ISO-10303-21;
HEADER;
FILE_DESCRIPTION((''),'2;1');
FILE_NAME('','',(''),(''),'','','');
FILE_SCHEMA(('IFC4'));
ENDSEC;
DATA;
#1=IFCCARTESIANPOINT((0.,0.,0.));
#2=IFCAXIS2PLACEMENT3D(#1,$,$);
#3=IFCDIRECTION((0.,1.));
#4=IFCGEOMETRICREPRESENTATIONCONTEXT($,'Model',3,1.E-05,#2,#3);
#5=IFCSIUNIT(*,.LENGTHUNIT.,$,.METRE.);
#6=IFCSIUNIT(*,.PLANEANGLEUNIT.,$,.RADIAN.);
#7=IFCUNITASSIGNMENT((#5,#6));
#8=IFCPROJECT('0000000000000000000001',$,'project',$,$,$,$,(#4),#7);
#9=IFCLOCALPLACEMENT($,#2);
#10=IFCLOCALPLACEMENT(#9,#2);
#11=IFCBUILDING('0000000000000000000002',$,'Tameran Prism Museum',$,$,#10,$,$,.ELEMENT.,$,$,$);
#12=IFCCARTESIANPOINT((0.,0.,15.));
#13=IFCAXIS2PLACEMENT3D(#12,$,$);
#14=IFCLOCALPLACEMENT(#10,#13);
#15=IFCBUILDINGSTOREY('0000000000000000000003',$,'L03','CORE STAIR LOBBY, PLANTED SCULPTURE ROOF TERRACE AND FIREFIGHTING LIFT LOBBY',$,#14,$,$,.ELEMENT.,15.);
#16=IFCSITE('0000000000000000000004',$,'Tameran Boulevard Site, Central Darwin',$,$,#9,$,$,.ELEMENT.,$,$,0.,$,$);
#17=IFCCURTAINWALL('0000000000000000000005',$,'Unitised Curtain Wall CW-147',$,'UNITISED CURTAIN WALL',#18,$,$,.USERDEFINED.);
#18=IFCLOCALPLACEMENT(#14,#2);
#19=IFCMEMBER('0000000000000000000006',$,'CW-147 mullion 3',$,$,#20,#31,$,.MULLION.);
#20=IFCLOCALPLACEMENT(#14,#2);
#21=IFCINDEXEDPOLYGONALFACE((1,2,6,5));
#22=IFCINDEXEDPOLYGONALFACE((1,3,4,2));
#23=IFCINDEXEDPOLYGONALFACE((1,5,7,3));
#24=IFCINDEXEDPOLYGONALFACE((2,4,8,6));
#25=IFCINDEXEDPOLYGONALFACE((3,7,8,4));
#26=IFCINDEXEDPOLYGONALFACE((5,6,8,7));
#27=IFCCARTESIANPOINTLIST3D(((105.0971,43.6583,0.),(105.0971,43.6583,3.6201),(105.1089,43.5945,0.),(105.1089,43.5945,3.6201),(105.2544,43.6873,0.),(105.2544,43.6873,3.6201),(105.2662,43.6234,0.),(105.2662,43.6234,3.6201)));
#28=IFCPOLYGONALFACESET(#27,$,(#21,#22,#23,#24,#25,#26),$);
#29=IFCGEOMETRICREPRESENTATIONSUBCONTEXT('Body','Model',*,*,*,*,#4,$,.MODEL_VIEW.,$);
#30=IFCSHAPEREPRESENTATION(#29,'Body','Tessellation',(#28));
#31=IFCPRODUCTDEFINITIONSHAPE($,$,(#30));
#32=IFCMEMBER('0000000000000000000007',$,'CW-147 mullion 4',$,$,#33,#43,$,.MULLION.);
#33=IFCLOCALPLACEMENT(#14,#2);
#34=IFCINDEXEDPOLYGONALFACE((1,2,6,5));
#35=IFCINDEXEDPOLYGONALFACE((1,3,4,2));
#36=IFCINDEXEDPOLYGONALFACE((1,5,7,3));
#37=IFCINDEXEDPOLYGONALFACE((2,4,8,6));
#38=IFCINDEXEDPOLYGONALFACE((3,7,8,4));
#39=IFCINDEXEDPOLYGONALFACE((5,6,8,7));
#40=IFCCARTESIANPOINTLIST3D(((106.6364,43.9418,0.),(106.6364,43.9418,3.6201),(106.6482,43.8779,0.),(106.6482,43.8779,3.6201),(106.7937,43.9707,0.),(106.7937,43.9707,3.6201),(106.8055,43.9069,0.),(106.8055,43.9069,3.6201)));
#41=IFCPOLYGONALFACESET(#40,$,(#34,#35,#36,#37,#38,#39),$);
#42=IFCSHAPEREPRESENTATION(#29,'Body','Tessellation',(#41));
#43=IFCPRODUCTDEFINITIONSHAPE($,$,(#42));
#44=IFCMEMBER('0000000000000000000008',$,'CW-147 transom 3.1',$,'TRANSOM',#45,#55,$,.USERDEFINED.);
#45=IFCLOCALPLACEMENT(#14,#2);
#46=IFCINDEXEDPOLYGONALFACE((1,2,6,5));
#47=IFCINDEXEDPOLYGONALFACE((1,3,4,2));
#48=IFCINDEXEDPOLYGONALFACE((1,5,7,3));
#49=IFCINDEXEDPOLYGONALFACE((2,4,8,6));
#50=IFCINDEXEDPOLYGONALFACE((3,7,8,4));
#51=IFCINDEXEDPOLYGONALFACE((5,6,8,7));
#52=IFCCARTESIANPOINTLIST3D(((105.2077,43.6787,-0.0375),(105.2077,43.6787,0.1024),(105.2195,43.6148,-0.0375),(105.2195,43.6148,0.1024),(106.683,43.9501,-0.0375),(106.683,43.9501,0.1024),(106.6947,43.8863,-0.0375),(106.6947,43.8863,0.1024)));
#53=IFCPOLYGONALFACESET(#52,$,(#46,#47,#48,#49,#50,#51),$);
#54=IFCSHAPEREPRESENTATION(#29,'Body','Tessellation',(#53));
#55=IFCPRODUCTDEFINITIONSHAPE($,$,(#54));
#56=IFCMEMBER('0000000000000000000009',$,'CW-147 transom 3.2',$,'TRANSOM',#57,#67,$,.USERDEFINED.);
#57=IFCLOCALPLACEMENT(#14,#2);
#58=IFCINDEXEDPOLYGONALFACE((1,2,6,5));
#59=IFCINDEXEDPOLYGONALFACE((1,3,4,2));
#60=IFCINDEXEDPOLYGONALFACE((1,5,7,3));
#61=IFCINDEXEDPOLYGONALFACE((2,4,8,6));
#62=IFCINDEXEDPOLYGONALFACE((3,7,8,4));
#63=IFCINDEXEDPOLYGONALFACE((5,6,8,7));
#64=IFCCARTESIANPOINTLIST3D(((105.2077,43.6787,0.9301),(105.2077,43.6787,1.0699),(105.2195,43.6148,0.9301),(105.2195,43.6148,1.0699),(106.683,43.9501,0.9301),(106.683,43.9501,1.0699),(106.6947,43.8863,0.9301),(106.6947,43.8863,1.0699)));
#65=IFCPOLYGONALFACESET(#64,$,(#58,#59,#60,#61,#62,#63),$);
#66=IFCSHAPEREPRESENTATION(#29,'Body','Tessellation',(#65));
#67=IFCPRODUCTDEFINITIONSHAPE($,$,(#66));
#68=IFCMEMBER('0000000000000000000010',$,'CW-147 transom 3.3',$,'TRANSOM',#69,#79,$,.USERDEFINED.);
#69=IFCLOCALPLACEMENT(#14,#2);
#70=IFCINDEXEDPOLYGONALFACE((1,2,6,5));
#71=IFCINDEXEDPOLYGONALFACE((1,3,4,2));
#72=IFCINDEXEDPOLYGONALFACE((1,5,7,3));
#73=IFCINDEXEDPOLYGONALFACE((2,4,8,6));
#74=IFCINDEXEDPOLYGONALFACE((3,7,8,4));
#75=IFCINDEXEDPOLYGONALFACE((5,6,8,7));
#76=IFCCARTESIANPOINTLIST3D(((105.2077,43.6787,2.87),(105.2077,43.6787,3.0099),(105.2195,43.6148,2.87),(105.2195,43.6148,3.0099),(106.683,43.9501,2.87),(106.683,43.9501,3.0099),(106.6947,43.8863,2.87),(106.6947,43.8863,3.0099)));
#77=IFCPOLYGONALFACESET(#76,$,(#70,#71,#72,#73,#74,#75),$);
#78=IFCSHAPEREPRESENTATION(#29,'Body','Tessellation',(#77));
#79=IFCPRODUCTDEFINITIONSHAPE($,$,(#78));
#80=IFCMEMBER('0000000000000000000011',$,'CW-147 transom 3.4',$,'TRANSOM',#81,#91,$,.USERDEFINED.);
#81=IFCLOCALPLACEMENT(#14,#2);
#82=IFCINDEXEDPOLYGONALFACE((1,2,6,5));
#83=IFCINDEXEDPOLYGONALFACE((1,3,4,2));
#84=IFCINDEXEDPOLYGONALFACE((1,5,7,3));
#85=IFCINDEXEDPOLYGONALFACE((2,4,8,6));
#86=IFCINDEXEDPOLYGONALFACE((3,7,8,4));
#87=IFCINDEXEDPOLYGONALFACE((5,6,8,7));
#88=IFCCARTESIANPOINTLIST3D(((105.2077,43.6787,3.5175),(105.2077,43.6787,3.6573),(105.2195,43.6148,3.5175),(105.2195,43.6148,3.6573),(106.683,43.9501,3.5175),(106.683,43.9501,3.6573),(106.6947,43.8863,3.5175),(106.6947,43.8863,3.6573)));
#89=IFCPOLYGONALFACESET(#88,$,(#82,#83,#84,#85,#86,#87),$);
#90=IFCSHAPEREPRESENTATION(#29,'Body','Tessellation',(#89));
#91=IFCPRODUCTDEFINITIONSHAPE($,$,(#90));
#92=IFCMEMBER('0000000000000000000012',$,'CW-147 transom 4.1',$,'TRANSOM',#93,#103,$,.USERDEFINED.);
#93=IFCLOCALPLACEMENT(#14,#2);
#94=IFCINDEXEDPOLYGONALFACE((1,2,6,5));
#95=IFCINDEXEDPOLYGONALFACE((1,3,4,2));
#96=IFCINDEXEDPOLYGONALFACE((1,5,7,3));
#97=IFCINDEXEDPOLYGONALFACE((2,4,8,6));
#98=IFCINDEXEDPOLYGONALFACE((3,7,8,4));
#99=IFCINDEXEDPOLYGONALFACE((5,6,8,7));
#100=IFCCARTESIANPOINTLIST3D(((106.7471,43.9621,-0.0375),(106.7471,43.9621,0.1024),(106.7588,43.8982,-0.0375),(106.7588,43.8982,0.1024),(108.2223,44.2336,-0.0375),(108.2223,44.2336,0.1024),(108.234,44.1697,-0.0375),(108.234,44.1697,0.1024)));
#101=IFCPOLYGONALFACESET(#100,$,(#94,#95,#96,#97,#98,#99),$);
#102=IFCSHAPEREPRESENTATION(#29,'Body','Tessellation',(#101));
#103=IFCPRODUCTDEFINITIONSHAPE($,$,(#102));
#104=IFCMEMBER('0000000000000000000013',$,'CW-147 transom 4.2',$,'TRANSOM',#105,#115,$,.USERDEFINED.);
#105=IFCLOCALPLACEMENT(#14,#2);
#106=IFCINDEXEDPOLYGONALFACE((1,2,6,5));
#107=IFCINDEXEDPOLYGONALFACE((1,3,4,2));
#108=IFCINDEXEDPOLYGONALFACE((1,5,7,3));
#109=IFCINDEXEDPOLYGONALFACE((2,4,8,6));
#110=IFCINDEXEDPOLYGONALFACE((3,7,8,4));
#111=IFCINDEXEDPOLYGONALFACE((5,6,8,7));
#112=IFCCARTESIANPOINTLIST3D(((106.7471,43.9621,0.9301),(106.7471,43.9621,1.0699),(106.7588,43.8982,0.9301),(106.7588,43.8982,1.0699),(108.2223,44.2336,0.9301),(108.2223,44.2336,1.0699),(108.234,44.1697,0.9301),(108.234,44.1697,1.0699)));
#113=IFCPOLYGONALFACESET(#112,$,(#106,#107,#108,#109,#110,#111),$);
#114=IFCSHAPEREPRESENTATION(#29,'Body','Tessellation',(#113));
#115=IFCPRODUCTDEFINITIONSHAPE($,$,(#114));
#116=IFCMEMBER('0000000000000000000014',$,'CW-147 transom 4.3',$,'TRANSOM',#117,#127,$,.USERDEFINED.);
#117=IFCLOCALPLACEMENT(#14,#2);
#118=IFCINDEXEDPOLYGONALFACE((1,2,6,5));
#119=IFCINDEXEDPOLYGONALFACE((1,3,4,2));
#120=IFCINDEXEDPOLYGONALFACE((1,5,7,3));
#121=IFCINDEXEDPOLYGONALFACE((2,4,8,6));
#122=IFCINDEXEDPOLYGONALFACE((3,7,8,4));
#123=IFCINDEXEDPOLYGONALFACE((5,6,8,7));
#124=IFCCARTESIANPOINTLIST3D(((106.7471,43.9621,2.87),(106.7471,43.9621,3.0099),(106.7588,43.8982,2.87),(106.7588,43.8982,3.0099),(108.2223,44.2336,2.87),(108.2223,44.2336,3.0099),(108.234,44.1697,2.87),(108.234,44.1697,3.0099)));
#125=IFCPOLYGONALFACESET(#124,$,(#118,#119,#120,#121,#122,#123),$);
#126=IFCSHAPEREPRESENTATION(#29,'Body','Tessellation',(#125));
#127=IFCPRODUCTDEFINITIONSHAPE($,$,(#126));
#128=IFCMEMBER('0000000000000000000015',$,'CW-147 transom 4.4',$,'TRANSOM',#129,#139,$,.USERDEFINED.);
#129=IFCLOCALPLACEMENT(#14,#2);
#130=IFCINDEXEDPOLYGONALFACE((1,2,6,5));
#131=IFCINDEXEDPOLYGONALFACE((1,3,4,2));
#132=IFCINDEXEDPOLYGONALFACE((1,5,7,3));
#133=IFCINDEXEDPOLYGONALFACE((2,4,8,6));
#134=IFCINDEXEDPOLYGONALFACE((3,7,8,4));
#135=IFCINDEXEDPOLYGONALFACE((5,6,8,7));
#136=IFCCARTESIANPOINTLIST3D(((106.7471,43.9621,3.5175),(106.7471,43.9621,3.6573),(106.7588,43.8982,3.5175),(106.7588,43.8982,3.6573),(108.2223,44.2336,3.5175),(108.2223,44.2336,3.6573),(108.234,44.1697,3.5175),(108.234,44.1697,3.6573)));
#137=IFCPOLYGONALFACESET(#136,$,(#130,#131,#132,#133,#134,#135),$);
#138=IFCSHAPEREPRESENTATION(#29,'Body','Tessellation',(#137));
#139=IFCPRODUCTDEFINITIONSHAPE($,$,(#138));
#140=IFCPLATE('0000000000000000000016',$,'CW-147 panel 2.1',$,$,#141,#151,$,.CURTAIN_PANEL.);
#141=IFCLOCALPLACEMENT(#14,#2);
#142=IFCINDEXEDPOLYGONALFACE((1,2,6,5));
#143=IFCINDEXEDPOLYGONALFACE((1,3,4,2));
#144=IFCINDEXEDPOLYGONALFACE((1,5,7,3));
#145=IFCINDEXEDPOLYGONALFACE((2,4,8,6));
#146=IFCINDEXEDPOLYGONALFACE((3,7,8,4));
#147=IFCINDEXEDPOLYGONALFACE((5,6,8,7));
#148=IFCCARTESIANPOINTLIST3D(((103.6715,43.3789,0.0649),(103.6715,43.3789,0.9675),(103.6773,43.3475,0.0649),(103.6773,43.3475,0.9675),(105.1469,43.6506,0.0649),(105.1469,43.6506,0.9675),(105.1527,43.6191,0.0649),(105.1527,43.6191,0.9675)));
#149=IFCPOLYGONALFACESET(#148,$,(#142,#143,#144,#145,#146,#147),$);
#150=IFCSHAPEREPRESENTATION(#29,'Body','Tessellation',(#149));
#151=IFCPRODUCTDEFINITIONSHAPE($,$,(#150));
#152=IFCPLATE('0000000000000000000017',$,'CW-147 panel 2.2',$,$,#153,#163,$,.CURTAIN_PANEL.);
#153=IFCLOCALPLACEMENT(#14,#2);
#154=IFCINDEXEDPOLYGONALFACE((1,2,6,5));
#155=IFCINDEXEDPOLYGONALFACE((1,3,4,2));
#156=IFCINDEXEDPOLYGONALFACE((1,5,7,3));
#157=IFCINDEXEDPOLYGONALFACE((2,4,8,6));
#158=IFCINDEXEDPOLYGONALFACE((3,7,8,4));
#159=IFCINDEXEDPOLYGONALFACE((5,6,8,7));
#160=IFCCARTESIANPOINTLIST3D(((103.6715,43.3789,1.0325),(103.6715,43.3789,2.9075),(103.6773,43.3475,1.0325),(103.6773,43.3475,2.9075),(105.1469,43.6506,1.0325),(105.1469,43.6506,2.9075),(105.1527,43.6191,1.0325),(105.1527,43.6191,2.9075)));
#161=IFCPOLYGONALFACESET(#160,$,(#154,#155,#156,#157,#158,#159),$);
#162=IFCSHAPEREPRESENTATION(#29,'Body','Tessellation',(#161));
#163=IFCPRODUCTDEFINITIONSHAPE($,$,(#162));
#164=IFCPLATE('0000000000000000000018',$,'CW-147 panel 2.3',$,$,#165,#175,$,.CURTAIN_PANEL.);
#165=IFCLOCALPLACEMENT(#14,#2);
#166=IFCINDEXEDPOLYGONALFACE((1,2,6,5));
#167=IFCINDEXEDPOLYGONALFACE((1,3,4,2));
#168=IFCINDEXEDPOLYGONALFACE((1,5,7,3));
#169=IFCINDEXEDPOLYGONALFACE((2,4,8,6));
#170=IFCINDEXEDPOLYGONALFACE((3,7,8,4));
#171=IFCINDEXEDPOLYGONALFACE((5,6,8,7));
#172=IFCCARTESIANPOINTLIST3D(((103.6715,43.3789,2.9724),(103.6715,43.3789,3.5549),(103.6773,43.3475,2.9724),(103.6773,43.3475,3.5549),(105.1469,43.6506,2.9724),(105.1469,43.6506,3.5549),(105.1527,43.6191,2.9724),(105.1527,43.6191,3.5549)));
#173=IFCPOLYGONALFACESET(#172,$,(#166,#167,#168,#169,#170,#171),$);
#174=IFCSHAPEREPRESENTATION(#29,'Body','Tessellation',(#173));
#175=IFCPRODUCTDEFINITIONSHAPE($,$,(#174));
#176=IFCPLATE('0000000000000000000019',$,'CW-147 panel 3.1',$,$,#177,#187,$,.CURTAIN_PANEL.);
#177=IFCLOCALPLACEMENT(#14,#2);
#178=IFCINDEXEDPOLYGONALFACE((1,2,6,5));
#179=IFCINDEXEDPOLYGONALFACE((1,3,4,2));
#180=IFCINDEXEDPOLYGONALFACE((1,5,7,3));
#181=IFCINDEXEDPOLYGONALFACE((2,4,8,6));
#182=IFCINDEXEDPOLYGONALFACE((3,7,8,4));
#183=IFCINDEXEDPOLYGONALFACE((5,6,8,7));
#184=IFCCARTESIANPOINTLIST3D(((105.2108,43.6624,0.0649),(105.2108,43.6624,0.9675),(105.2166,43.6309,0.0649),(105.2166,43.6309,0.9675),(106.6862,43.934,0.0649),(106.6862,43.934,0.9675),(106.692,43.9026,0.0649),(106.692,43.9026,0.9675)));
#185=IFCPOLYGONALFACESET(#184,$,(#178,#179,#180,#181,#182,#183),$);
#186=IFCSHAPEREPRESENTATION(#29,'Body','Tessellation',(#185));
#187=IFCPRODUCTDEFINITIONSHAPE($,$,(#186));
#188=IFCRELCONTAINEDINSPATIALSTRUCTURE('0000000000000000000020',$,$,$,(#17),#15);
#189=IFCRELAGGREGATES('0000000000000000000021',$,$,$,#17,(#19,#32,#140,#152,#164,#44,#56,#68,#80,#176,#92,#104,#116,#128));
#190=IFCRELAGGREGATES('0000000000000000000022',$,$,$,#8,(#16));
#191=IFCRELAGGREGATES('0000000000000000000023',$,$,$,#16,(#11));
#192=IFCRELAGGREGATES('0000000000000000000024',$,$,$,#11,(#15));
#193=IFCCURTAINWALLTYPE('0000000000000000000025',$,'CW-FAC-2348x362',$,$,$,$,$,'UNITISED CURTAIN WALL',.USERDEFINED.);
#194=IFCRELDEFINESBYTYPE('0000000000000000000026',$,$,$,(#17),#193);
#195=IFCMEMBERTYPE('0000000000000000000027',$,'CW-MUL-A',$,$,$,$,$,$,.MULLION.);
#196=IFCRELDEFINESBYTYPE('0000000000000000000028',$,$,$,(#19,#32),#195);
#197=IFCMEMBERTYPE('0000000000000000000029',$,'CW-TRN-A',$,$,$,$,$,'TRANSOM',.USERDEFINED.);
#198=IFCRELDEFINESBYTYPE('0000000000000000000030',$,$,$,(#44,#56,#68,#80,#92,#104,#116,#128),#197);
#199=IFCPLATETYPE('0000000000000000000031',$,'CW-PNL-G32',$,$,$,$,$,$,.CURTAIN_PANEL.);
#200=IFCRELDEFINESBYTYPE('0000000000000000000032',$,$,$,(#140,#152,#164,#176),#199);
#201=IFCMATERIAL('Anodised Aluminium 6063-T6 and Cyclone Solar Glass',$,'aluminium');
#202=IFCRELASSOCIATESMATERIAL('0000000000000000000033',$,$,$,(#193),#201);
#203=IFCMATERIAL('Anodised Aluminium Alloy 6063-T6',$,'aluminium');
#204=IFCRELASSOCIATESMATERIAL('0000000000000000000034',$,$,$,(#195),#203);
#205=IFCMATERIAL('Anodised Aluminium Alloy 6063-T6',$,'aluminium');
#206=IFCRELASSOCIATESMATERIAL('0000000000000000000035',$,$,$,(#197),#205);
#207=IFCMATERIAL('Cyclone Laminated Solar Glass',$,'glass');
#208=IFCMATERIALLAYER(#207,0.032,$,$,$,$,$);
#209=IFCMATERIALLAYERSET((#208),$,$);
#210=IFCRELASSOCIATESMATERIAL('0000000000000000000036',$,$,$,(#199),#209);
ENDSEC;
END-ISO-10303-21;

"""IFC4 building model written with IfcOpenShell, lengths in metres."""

from ifc_helpers import new_model, si_unit, direction, frame, origin, origin_2d, place, context, subcontext, project, spatial, rectangle, extrude, material, layer, layer_set, material_profile, profile_set, type_object, element, aggregate, save


model = new_model("IFC4")

# Units and contexts
model_context = context("Model", 3, precision=1e-05, world=origin(), true_north=direction((0.0, 1.0)))
body_context = subcontext(model_context, "Body", "Model", "MODEL_VIEW")
ifc_project = project(units=[si_unit("LENGTHUNIT", "METRE"), si_unit("PLANEANGLEUNIT", "RADIAN")], contexts=[model_context])

# Site, building, storey
site_placement = place(None, origin())
site = spatial("IfcSite", under=ifc_project, at=site_placement, Name="Tameran Boulevard Site, Central Darwin", CompositionType="ELEMENT", RefElevation=0.0)
building_placement = place(site_placement, origin())
building = spatial("IfcBuilding", under=site, at=building_placement, Name="Tameran Prism Museum", CompositionType="ELEMENT")
storey_placement = place(building_placement, frame((0.0, 0.0, 15.0)))
storey = spatial("IfcBuildingStorey", under=building, at=storey_placement, Name="L03", Description="CORE STAIR LOBBY, PLANTED SCULPTURE ROOF TERRACE AND FIREFIGHTING LIFT LOBBY", CompositionType="ELEMENT", Elevation=15.0)

# Curtain wall, members, plates
ifc_material_1 = material(Name="Anodised Aluminium 6063-T6 and Cyclone Solar Glass", Category="aluminium")
curtain_wall_type = type_object("IfcCurtainWallType", Name="CW-FAC-2348x362", ElementType="UNITISED CURTAIN WALL", PredefinedType="USERDEFINED", material=ifc_material_1)
curtain_wall_placement = place(storey_placement, origin())
curtain_wall = element("IfcCurtainWall", 1, at=curtain_wall_placement, inside=storey, type_object=curtain_wall_type, Name="Unitised Curtain Wall CW-147", ObjectType="UNITISED CURTAIN WALL", PredefinedType="USERDEFINED")
ifc_material_2 = material(Name="Anodised Aluminium Alloy 6063-T6", Category="aluminium")
ifc_material_profile_1 = material_profile(ifc_material_2, rectangle(XDim=0.0649, YDim=0.1599, at=origin_2d()))
ifc_profile_set_1 = profile_set([ifc_material_profile_1])
member_type_1 = type_object("IfcMemberType", Name="CW-MUL-A", PredefinedType="MULLION", material=ifc_profile_set_1)
member_1_placement = place(storey_placement, frame((105.1816, 43.6409, 0.0), z_axis=(0.0, 0.0, 1.0), x_axis=(-0.181063, 0.983472, 0.0)))
member_1 = element("IfcMember", 2, at=member_1_placement, type_object=member_type_1, Name="CW-147 mullion 3", PredefinedType="MULLION", context=body_context, shape_type="SweptSolid", body=[
    extrude(rectangle(XDim=0.0649, YDim=0.1599, at=origin_2d()), origin(), (0.0, 0.0, 1.0), 3.6201),
])
member_2_placement = place(storey_placement, frame((106.7209, 43.9243, 0.0), z_axis=(0.0, 0.0, 1.0), x_axis=(-0.181063, 0.983472, 0.0)))
member_2 = element("IfcMember", 3, at=member_2_placement, type_object=member_type_1, Name="CW-147 mullion 4", PredefinedType="MULLION", context=body_context, shape_type="SweptSolid", body=[
    extrude(rectangle(XDim=0.0649, YDim=0.1599, at=origin_2d()), origin(), (0.0, 0.0, 1.0), 3.6201),
])
ifc_material_3 = material(Name="Anodised Aluminium Alloy 6063-T6", Category="aluminium")
ifc_material_profile_2 = material_profile(ifc_material_3, rectangle(XDim=0.0649, YDim=0.1399, at=origin_2d()))
ifc_profile_set_2 = profile_set([ifc_material_profile_2])
member_type_2 = type_object("IfcMemberType", Name="CW-TRN-A", ElementType="TRANSOM", PredefinedType="USERDEFINED", material=ifc_profile_set_2)
member_3_placement = place(storey_placement, frame((105.2136, 43.6467, 0.0325), z_axis=(0.983488, 0.180976, 0.0), x_axis=(-0.180976, 0.983488, 0.0)))
member_3 = element("IfcMember", 4, at=member_3_placement, type_object=member_type_2, Name="CW-147 transom 3.1", ObjectType="TRANSOM", PredefinedType="USERDEFINED", context=body_context, shape_type="SweptSolid", body=[
    extrude(rectangle(XDim=0.0649, YDim=0.1399, at=origin_2d()), origin(), (0.0, 0.0, 1.0), 1.5),
])
member_4_placement = place(storey_placement, frame((105.2136, 43.6467, 1.0), z_axis=(0.983488, 0.180976, 0.0), x_axis=(-0.180976, 0.983488, 0.0)))
member_4 = element("IfcMember", 5, at=member_4_placement, type_object=member_type_2, Name="CW-147 transom 3.2", ObjectType="TRANSOM", PredefinedType="USERDEFINED", context=body_context, shape_type="SweptSolid", body=[
    extrude(rectangle(XDim=0.0649, YDim=0.1399, at=origin_2d()), origin(), (0.0, 0.0, 1.0), 1.5),
])
member_5_placement = place(storey_placement, frame((105.2136, 43.6467, 2.9399), z_axis=(0.983488, 0.180976, 0.0), x_axis=(-0.180976, 0.983488, 0.0)))
member_5 = element("IfcMember", 6, at=member_5_placement, type_object=member_type_2, Name="CW-147 transom 3.3", ObjectType="TRANSOM", PredefinedType="USERDEFINED", context=body_context, shape_type="SweptSolid", body=[
    extrude(rectangle(XDim=0.0649, YDim=0.1399, at=origin_2d()), origin(), (0.0, 0.0, 1.0), 1.5),
])
member_6_placement = place(storey_placement, frame((105.2136, 43.6467, 3.5874), z_axis=(0.983488, 0.180976, 0.0), x_axis=(-0.180976, 0.983488, 0.0)))
member_6 = element("IfcMember", 7, at=member_6_placement, type_object=member_type_2, Name="CW-147 transom 3.4", ObjectType="TRANSOM", PredefinedType="USERDEFINED", context=body_context, shape_type="SweptSolid", body=[
    extrude(rectangle(XDim=0.0649, YDim=0.1399, at=origin_2d()), origin(), (0.0, 0.0, 1.0), 1.5),
])
member_7_placement = place(storey_placement, frame((106.7529, 43.9302, 0.0325), z_axis=(0.983488, 0.180976, 0.0), x_axis=(-0.180976, 0.983488, 0.0)))
member_7 = element("IfcMember", 8, at=member_7_placement, type_object=member_type_2, Name="CW-147 transom 4.1", ObjectType="TRANSOM", PredefinedType="USERDEFINED", context=body_context, shape_type="SweptSolid", body=[
    extrude(rectangle(XDim=0.0649, YDim=0.1399, at=origin_2d()), origin(), (0.0, 0.0, 1.0), 1.5),
])
member_8_placement = place(storey_placement, frame((106.7529, 43.9302, 1.0), z_axis=(0.983488, 0.180976, 0.0), x_axis=(-0.180976, 0.983488, 0.0)))
member_8 = element("IfcMember", 9, at=member_8_placement, type_object=member_type_2, Name="CW-147 transom 4.2", ObjectType="TRANSOM", PredefinedType="USERDEFINED", context=body_context, shape_type="SweptSolid", body=[
    extrude(rectangle(XDim=0.0649, YDim=0.1399, at=origin_2d()), origin(), (0.0, 0.0, 1.0), 1.5),
])
member_9_placement = place(storey_placement, frame((106.7529, 43.9302, 2.9399), z_axis=(0.983488, 0.180976, 0.0), x_axis=(-0.180976, 0.983488, 0.0)))
member_9 = element("IfcMember", 10, at=member_9_placement, type_object=member_type_2, Name="CW-147 transom 4.3", ObjectType="TRANSOM", PredefinedType="USERDEFINED", context=body_context, shape_type="SweptSolid", body=[
    extrude(rectangle(XDim=0.0649, YDim=0.1399, at=origin_2d()), origin(), (0.0, 0.0, 1.0), 1.5),
])
member_10_placement = place(storey_placement, frame((106.7529, 43.9302, 3.5874), z_axis=(0.983488, 0.180976, 0.0), x_axis=(-0.180976, 0.983488, 0.0)))
member_10 = element("IfcMember", 11, at=member_10_placement, type_object=member_type_2, Name="CW-147 transom 4.4", ObjectType="TRANSOM", PredefinedType="USERDEFINED", context=body_context, shape_type="SweptSolid", body=[
    extrude(rectangle(XDim=0.0649, YDim=0.1399, at=origin_2d()), origin(), (0.0, 0.0, 1.0), 1.5),
])
ifc_material_4 = material(Name="Cyclone Laminated Solar Glass", Category="glass")
ifc_layer_1 = layer(ifc_material_4, 0.032)
ifc_layer_set_1 = layer_set([ifc_layer_1])
plate_type = type_object("IfcPlateType", Name="CW-PNL-G32", PredefinedType="CURTAIN_PANEL", material=ifc_layer_set_1)
plate_1_placement = place(storey_placement, frame((104.4121, 43.499, 0.0649), z_axis=(0.0, 0.0, 1.0), x_axis=(0.983472, 0.181063, 0.0)))
plate_1 = element("IfcPlate", 12, at=plate_1_placement, type_object=plate_type, Name="CW-147 panel 2.1", PredefinedType="CURTAIN_PANEL", context=body_context, shape_type="SweptSolid", body=[
    extrude(rectangle(XDim=1.5002, YDim=0.032, at=origin_2d()), origin(), (0.0, 0.0, 1.0), 0.9026),
])
plate_2_placement = place(storey_placement, frame((104.4121, 43.499, 1.0325), z_axis=(0.0, 0.0, 1.0), x_axis=(0.983472, 0.181063, 0.0)))
plate_2 = element("IfcPlate", 13, at=plate_2_placement, type_object=plate_type, Name="CW-147 panel 2.2", PredefinedType="CURTAIN_PANEL", context=body_context, shape_type="SweptSolid", body=[
    extrude(rectangle(XDim=1.5002, YDim=0.032, at=origin_2d()), origin(), (0.0, 0.0, 1.0), 1.875),
])
plate_3_placement = place(storey_placement, frame((104.4121, 43.499, 2.9724), z_axis=(0.0, 0.0, 1.0), x_axis=(0.983472, 0.181063, 0.0)))
plate_3 = element("IfcPlate", 14, at=plate_3_placement, type_object=plate_type, Name="CW-147 panel 2.3", PredefinedType="CURTAIN_PANEL", context=body_context, shape_type="SweptSolid", body=[
    extrude(rectangle(XDim=1.5002, YDim=0.032, at=origin_2d()), origin(), (0.0, 0.0, 1.0), 0.5825),
])
plate_4_placement = place(storey_placement, frame((105.9514, 43.7825, 0.0649), z_axis=(0.0, 0.0, 1.0), x_axis=(0.983472, 0.181063, 0.0)))
plate_4 = element("IfcPlate", 15, at=plate_4_placement, type_object=plate_type, Name="CW-147 panel 3.1", PredefinedType="CURTAIN_PANEL", context=body_context, shape_type="SweptSolid", body=[
    extrude(rectangle(XDim=1.5002, YDim=0.032, at=origin_2d()), origin(), (0.0, 0.0, 1.0), 0.9026),
])
aggregate(curtain_wall, [member_1, member_2, plate_1, plate_2, plate_3, member_3, member_4, member_5, member_6, plate_4, member_7, member_8, member_9, member_10])

save(model, "model.ifc")
